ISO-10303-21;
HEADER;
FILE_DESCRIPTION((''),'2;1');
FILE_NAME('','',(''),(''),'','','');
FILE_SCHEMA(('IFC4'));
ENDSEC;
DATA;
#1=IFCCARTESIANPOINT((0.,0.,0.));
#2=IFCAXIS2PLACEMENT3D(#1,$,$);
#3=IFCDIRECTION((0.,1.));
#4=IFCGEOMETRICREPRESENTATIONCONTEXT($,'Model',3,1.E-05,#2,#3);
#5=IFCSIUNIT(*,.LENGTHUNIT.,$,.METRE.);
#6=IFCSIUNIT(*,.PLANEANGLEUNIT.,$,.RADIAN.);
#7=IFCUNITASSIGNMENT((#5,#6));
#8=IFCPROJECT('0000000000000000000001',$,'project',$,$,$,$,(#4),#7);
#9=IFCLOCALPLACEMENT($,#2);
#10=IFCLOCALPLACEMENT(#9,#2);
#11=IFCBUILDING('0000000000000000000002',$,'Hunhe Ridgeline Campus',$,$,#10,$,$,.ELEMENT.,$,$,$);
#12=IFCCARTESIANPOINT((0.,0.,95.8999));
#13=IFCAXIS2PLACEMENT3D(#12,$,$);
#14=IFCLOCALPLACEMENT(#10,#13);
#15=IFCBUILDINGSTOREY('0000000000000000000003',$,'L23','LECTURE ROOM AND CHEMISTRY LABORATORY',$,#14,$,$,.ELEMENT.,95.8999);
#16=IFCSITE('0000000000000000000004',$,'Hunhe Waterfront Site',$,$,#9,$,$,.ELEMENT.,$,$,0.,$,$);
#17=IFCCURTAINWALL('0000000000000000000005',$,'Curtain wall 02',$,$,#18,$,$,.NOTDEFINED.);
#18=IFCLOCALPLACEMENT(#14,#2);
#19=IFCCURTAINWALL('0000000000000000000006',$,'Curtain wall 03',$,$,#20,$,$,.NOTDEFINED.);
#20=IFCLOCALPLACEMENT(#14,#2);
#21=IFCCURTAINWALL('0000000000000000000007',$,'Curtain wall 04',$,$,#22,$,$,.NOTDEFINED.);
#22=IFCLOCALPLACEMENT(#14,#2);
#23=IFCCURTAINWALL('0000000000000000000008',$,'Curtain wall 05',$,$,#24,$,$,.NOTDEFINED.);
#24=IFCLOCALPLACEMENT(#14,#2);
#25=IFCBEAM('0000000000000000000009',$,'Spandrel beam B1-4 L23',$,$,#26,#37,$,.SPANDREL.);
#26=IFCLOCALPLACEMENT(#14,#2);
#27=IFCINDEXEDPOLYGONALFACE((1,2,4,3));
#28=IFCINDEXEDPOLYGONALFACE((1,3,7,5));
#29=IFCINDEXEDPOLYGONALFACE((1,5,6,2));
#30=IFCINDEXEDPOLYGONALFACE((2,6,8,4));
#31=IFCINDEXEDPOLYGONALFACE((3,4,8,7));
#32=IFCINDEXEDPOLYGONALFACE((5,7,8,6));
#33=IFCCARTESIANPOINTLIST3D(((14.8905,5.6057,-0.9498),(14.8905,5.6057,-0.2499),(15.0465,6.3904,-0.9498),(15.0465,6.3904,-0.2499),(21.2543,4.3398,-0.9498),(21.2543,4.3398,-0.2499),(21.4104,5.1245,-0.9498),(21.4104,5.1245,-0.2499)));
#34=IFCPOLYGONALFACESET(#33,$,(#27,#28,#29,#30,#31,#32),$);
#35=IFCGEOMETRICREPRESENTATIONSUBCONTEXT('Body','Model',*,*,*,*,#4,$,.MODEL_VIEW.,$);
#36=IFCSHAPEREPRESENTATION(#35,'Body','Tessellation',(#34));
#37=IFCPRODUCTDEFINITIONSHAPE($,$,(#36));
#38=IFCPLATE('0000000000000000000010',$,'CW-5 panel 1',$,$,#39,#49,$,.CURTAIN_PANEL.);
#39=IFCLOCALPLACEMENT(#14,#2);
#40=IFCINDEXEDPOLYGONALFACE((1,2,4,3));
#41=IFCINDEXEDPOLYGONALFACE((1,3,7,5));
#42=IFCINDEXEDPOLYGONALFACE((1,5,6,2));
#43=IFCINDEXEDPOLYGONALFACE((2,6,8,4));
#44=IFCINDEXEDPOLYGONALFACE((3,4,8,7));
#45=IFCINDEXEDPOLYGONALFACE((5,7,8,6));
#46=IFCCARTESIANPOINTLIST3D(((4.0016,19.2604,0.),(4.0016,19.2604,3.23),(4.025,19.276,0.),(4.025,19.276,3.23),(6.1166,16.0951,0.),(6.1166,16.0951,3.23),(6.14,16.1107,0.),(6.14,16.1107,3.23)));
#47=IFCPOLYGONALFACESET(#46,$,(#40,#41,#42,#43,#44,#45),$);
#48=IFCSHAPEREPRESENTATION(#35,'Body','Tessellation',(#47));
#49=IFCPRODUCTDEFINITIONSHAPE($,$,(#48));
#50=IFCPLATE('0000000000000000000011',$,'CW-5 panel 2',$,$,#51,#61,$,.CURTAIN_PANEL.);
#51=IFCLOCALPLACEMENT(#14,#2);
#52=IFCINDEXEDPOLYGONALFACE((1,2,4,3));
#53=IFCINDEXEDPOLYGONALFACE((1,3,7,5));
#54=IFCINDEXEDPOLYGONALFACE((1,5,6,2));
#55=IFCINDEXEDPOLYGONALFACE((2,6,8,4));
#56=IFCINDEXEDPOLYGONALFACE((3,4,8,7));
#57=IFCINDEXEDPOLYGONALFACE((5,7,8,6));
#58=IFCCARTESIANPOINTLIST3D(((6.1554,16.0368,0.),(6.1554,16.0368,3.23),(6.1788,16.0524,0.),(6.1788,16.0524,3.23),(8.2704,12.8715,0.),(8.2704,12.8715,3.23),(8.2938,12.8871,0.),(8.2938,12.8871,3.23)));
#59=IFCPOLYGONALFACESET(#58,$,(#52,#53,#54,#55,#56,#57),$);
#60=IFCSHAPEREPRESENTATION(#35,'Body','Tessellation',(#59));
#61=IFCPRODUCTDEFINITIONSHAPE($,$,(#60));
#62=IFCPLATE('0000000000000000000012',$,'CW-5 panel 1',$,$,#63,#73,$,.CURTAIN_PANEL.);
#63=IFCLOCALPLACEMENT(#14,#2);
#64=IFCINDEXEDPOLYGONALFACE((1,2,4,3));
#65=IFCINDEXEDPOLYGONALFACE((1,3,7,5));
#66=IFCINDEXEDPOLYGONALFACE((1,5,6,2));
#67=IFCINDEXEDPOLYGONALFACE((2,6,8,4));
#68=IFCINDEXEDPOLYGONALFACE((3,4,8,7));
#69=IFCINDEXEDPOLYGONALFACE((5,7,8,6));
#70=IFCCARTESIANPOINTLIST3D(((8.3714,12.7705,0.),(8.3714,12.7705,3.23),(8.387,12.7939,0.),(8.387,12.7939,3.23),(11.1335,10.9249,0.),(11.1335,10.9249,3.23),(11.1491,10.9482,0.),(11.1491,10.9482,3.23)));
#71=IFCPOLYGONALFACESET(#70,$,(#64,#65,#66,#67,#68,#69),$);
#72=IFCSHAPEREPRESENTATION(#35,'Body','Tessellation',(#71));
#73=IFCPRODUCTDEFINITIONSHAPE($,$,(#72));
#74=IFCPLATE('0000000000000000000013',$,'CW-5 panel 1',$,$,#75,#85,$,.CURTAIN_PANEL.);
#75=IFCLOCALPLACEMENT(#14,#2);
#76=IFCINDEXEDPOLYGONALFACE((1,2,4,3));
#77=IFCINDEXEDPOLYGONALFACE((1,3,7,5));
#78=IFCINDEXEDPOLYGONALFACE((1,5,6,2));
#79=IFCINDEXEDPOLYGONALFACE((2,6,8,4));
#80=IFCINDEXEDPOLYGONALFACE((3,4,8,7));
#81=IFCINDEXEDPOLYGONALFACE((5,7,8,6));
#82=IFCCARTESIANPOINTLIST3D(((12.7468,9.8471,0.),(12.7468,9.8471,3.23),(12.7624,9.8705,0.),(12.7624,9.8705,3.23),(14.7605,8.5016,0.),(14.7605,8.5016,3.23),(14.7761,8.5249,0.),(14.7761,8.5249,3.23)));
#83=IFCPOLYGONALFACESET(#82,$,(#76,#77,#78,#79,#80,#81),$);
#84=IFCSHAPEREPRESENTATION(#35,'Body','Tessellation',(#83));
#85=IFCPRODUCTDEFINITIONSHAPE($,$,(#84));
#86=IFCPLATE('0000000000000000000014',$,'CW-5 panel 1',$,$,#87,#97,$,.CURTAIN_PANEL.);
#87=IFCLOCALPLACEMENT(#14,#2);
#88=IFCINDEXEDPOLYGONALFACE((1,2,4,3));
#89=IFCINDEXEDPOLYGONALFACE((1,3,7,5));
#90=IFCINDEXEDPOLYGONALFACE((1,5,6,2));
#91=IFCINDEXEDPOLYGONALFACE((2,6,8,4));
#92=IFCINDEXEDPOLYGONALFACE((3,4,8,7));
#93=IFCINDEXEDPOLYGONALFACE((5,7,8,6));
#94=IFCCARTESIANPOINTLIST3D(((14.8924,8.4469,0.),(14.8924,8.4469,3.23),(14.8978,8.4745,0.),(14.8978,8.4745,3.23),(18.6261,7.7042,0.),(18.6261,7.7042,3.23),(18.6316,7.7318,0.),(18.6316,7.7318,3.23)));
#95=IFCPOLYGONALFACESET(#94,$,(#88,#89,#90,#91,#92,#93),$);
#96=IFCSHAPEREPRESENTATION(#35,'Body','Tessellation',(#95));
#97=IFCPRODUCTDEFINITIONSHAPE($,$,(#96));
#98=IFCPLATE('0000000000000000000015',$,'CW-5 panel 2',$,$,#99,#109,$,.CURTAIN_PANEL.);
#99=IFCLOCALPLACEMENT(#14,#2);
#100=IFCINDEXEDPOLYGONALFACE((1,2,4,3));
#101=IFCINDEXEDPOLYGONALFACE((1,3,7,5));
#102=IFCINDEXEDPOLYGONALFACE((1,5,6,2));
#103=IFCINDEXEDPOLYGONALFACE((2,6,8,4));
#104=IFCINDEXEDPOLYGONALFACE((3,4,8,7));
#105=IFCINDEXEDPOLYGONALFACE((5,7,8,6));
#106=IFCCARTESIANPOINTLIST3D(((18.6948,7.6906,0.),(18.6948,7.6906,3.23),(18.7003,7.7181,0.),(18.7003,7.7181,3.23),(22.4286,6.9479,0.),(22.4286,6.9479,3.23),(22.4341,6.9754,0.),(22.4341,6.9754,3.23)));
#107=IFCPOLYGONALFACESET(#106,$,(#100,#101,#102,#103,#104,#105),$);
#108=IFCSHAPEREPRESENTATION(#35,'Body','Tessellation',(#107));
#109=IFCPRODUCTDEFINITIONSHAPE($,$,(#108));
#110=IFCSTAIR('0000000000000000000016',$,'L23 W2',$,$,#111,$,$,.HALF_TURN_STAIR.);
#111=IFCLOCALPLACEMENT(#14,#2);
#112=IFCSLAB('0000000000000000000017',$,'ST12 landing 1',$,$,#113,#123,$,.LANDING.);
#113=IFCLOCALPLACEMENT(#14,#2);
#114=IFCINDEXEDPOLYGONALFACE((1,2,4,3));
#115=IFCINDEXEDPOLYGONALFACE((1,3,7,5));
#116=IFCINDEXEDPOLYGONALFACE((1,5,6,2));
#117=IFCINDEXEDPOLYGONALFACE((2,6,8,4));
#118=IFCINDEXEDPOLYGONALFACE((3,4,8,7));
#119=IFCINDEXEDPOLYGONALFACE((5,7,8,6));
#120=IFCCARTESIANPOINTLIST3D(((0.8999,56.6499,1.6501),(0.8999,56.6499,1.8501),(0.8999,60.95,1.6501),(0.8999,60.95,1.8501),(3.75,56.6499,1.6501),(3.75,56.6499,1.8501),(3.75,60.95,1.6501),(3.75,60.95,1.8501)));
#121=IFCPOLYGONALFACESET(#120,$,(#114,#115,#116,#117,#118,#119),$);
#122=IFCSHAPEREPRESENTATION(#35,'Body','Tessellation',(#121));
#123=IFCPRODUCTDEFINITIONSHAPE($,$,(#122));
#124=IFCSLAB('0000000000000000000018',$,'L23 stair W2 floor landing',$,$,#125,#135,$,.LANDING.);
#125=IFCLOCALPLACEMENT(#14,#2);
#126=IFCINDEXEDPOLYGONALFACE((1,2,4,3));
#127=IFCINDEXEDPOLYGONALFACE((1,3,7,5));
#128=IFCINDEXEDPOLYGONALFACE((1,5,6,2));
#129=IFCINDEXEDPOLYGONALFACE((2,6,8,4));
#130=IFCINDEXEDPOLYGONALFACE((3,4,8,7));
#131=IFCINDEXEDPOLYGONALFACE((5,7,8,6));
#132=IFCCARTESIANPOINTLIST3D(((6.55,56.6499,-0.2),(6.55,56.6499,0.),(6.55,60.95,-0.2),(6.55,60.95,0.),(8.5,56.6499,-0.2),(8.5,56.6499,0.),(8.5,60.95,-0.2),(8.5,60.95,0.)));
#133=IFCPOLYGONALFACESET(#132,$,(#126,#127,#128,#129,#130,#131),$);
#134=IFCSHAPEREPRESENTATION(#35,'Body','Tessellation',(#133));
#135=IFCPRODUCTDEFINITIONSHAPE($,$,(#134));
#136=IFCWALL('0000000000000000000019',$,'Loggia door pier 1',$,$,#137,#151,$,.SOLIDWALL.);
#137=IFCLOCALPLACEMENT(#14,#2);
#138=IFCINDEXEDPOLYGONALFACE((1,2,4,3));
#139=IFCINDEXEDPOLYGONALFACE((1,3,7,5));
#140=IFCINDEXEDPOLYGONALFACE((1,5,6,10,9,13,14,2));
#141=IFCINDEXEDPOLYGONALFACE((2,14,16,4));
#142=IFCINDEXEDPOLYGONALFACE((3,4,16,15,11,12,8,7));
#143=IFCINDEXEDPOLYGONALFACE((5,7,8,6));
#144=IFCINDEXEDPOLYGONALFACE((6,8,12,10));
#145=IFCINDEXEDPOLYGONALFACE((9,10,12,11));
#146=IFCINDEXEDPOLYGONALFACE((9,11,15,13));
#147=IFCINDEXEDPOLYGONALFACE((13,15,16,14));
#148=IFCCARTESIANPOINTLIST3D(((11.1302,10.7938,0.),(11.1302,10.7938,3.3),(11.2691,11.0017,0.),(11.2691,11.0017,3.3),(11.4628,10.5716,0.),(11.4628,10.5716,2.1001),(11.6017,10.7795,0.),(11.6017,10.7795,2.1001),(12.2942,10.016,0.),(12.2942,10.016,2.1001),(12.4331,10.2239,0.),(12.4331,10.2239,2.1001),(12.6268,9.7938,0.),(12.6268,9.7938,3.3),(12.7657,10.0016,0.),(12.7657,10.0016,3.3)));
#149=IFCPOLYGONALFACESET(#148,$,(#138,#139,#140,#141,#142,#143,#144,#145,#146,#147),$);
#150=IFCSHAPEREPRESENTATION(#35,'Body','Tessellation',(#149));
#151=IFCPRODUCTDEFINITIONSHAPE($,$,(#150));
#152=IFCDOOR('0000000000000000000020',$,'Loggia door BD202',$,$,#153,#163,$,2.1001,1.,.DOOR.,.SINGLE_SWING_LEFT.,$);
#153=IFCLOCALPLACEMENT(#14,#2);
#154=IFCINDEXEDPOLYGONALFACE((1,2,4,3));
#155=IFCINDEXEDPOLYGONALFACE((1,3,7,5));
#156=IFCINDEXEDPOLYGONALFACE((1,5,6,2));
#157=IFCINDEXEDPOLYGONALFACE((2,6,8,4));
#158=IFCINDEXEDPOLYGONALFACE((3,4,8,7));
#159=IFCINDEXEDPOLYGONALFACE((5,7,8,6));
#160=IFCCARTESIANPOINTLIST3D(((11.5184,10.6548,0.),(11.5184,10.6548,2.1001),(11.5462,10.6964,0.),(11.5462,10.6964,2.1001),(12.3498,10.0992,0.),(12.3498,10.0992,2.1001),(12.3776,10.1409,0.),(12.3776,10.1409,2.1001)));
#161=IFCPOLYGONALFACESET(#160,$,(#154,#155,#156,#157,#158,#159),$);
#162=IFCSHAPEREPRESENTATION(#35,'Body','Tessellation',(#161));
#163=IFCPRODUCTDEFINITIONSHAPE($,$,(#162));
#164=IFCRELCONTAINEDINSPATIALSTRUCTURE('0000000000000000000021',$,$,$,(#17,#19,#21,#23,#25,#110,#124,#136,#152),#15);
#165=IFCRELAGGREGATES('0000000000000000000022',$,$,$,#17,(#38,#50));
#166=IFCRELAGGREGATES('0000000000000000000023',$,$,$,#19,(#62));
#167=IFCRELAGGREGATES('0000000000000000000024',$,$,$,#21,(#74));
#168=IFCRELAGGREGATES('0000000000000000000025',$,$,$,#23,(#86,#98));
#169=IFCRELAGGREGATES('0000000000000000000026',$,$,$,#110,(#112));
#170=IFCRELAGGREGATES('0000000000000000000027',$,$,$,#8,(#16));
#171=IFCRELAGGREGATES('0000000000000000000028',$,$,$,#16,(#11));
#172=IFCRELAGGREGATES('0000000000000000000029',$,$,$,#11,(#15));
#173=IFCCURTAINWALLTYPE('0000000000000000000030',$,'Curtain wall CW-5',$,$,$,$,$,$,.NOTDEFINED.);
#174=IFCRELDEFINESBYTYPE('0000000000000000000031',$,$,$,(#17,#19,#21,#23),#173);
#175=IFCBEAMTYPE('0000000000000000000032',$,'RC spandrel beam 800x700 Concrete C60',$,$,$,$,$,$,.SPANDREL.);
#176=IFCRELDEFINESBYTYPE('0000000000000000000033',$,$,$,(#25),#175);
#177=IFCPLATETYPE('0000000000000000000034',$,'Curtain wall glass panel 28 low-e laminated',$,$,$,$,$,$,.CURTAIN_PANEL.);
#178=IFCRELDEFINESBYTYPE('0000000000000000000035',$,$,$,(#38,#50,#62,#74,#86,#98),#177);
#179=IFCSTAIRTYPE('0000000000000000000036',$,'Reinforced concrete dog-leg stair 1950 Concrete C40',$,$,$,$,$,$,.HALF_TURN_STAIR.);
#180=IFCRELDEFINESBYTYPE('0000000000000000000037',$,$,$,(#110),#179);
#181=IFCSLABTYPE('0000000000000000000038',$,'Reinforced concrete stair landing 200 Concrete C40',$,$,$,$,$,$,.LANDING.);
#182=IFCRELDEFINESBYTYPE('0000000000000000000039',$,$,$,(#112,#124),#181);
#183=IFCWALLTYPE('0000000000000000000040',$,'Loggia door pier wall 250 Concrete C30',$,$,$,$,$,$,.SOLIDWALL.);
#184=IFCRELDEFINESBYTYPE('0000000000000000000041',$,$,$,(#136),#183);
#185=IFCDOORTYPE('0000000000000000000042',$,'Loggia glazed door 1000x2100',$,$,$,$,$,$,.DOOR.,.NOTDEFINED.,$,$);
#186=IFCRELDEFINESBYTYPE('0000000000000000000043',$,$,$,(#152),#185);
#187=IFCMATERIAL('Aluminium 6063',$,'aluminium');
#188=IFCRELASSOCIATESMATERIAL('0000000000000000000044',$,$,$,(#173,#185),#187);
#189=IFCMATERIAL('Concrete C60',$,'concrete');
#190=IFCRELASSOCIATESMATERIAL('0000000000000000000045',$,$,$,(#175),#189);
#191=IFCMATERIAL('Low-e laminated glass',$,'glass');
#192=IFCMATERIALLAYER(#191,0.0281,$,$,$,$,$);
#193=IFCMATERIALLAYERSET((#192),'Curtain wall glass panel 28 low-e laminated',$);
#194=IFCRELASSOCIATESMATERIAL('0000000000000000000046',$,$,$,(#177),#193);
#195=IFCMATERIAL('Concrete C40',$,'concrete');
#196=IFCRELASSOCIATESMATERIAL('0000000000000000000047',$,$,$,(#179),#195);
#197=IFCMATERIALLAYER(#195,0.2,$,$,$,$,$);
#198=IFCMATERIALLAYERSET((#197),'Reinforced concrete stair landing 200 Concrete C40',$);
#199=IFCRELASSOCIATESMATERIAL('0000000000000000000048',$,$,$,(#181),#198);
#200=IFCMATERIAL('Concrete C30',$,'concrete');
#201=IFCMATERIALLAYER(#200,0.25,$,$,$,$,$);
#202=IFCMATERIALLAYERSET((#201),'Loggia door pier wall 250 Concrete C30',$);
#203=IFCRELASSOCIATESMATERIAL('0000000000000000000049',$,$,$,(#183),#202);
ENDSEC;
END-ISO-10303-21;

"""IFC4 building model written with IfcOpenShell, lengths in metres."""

from ifc_helpers import new_model, si_unit, direction, frame, frame_2d, origin, origin_2d, place, context, subcontext, project, spatial, polyline, rectangle, outline, extrude, material, layer, layer_set, material_profile, profile_set, type_object, element, fill, aggregate, save


model = new_model("IFC4")

# Units and contexts
model_context = context("Model", 3, precision=1e-05, world=origin(), true_north=direction((0.0, 1.0)))
body_context = subcontext(model_context, "Body", "Model", "MODEL_VIEW")
ifc_project = project(units=[si_unit("LENGTHUNIT", "METRE"), si_unit("PLANEANGLEUNIT", "RADIAN")], contexts=[model_context])

# Site, building, storey
site_placement = place(None, origin())
site = spatial("IfcSite", under=ifc_project, at=site_placement, Name="Hunhe Waterfront Site", CompositionType="ELEMENT", RefElevation=0.0)
building_placement = place(site_placement, origin())
building = spatial("IfcBuilding", under=site, at=building_placement, Name="Hunhe Ridgeline Campus", CompositionType="ELEMENT")
storey_placement = place(building_placement, frame((0.0, 0.0, 95.8999)))
storey = spatial("IfcBuildingStorey", under=building, at=storey_placement, Name="L23", Description="LECTURE ROOM AND CHEMISTRY LABORATORY", CompositionType="ELEMENT", Elevation=95.8999)

# Curtain walls
ifc_material_1 = material(Name="Aluminium 6063", Category="aluminium")
curtain_wall_type = type_object("IfcCurtainWallType", Name="Curtain wall CW-5", PredefinedType="NOTDEFINED", material=ifc_material_1)
curtain_wall_1_placement = place(storey_placement, origin())
curtain_wall_1 = element("IfcCurtainWall", 1, at=curtain_wall_1_placement, inside=storey, type_object=curtain_wall_type, Name="Curtain wall 02", PredefinedType="NOTDEFINED")
curtain_wall_2_placement = place(storey_placement, origin())
curtain_wall_2 = element("IfcCurtainWall", 2, at=curtain_wall_2_placement, inside=storey, type_object=curtain_wall_type, Name="Curtain wall 03", PredefinedType="NOTDEFINED")
curtain_wall_3_placement = place(storey_placement, origin())
curtain_wall_3 = element("IfcCurtainWall", 3, at=curtain_wall_3_placement, inside=storey, type_object=curtain_wall_type, Name="Curtain wall 04", PredefinedType="NOTDEFINED")
curtain_wall_4_placement = place(storey_placement, origin())
curtain_wall_4 = element("IfcCurtainWall", 4, at=curtain_wall_4_placement, inside=storey, type_object=curtain_wall_type, Name="Curtain wall 05", PredefinedType="NOTDEFINED")

# Beam
ifc_material_2 = material(Name="Concrete C60", Category="concrete")
ifc_material_profile_1 = material_profile(ifc_material_2, rectangle(XDim=0.8, YDim=0.7, at=origin_2d()))
ifc_profile_set_1 = profile_set([ifc_material_profile_1], Name="Concrete C60")
beam_type = type_object("IfcBeamType", Name="RC spandrel beam 800x700 Concrete C60", PredefinedType="SPANDREL", material=ifc_profile_set_1)
for number, where, z_axis, x_axis, name in (
    (5, (14.9685, 5.998, -0.5999), (0.980784, -0.195096, 0.0), (0.195096, 0.980784, 0.0), "Spandrel beam B1-4 L23"),
):
    element("IfcBeam", number, at=place(storey_placement, frame(where, z_axis=z_axis, x_axis=x_axis)), inside=storey, type_object=beam_type, Name=name, PredefinedType="SPANDREL", context=body_context, shape_type="SweptSolid", body=[
        extrude(rectangle(XDim=0.8, YDim=0.7, at=origin_2d()), origin(), (0.0, 0.0, 1.0), 6.4885),
    ])

# Plates
ifc_material_3 = material(Name="Low-e laminated glass", Category="glass")
ifc_layer_1 = layer(ifc_material_3, 0.0281)
ifc_layer_set_1 = layer_set([ifc_layer_1], Name="Curtain wall glass panel 28 low-e laminated")
plate_type = type_object("IfcPlateType", Name="Curtain wall glass panel 28 low-e laminated", PredefinedType="CURTAIN_PANEL", material=ifc_layer_set_1)
plate_1_placement = place(storey_placement, frame((5.0708, 17.6855, 0.0), z_axis=(0.0, 0.0, 1.0), x_axis=(0.55557, -0.83147, 0.0)))
plate_1 = element("IfcPlate", 6, at=plate_1_placement, type_object=plate_type, Name="CW-5 panel 1", PredefinedType="CURTAIN_PANEL", context=body_context, shape_type="SweptSolid", body=[
    extrude(rectangle(XDim=3.8069, YDim=0.0281, at=origin_2d()), origin(), (0.0, 0.0, 1.0), 3.23),
])
plate_2_placement = place(storey_placement, frame((7.2246, 14.4619, 0.0), z_axis=(0.0, 0.0, 1.0), x_axis=(0.55557, -0.83147, 0.0)))
plate_2 = element("IfcPlate", 7, at=plate_2_placement, type_object=plate_type, Name="CW-5 panel 2", PredefinedType="CURTAIN_PANEL", context=body_context, shape_type="SweptSolid", body=[
    extrude(rectangle(XDim=3.8069, YDim=0.0281, at=origin_2d()), origin(), (0.0, 0.0, 1.0), 3.23),
])
aggregate(curtain_wall_1, [plate_1, plate_2])
plate_3_placement = place(storey_placement, frame((9.7603, 11.8594, 0.0), z_axis=(0.0, 0.0, 1.0), x_axis=(0.83147, -0.55557, 0.0)))
plate_3 = element("IfcPlate", 8, at=plate_3_placement, type_object=plate_type, Name="CW-5 panel 1", PredefinedType="CURTAIN_PANEL", context=body_context, shape_type="SweptSolid", body=[
    extrude(rectangle(XDim=3.322, YDim=0.0281, at=origin_2d()), origin(), (0.0, 0.0, 1.0), 3.23),
])
aggregate(curtain_wall_2, [plate_3])
plate_4_placement = place(storey_placement, frame((13.7615, 9.186, 0.0), z_axis=(0.0, 0.0, 1.0), x_axis=(0.83147, -0.55557, 0.0)))
plate_4 = element("IfcPlate", 9, at=plate_4_placement, type_object=plate_type, Name="CW-5 panel 1", PredefinedType="CURTAIN_PANEL", context=body_context, shape_type="SweptSolid", body=[
    extrude(rectangle(XDim=2.4219, YDim=0.0281, at=origin_2d()), origin(), (0.0, 0.0, 1.0), 3.23),
])
aggregate(curtain_wall_3, [plate_4])
plate_5_placement = place(storey_placement, frame((16.762, 8.0894, 0.0), z_axis=(0.0, 0.0, 1.0), x_axis=(0.980785, -0.19509, 0.0)))
plate_5 = element("IfcPlate", 10, at=plate_5_placement, type_object=plate_type, Name="CW-5 panel 1", PredefinedType="CURTAIN_PANEL", context=body_context, shape_type="SweptSolid", body=[
    extrude(rectangle(XDim=3.8069, YDim=0.0281, at=origin_2d()), origin(), (0.0, 0.0, 1.0), 3.23),
])
plate_6_placement = place(storey_placement, frame((20.5645, 7.333, 0.0), z_axis=(0.0, 0.0, 1.0), x_axis=(0.980785, -0.19509, 0.0)))
plate_6 = element("IfcPlate", 11, at=plate_6_placement, type_object=plate_type, Name="CW-5 panel 2", PredefinedType="CURTAIN_PANEL", context=body_context, shape_type="SweptSolid", body=[
    extrude(rectangle(XDim=3.8069, YDim=0.0281, at=origin_2d()), origin(), (0.0, 0.0, 1.0), 3.23),
])
aggregate(curtain_wall_4, [plate_5, plate_6])

# Stair, slab
ifc_material_4 = material(Name="Concrete C40", Category="concrete")
stair_type = type_object("IfcStairType", Name="Reinforced concrete dog-leg stair 1950 Concrete C40", PredefinedType="HALF_TURN_STAIR", material=ifc_material_4)
stair_placement = place(storey_placement, origin())
stair = element("IfcStair", 12, at=stair_placement, inside=storey, type_object=stair_type, Name="L23 W2", PredefinedType="HALF_TURN_STAIR")
ifc_layer_2 = layer(ifc_material_4, 0.2)
ifc_layer_set_2 = layer_set([ifc_layer_2], Name="Reinforced concrete stair landing 200 Concrete C40")
slab_type = type_object("IfcSlabType", Name="Reinforced concrete stair landing 200 Concrete C40", PredefinedType="LANDING", material=ifc_layer_set_2)
slab_1_placement = place(storey_placement, frame((0.0, 0.0, 1.6501)))
slab_1 = element("IfcSlab", 13, at=slab_1_placement, type_object=slab_type, Name="ST12 landing 1", PredefinedType="LANDING", context=body_context, shape_type="SweptSolid", body=[
    extrude(outline(polyline([(3.75, 60.95), (0.8999, 60.95), (0.8999, 56.6499), (3.75, 56.6499), (3.75, 60.95)])), origin(), (0.0, 0.0, 1.0), 0.2),
])
aggregate(stair, [slab_1])

# Slab
slab_2_placement = place(storey_placement, frame((0.0, 0.0, -0.2)))
element("IfcSlab", 14, at=slab_2_placement, inside=storey, type_object=slab_type, Name="L23 stair W2 floor landing", PredefinedType="LANDING", context=body_context, shape_type="SweptSolid", body=[
    extrude(outline(polyline([(8.5, 60.95), (6.55, 60.95), (6.55, 56.6499), (8.5, 56.6499), (8.5, 60.95)])), origin(), (0.0, 0.0, 1.0), 0.2),
])

# Wall, opening, door
ifc_material_5 = material(Name="Concrete C30", Category="concrete")
ifc_layer_3 = layer(ifc_material_5, 0.25)
ifc_layer_set_3 = layer_set([ifc_layer_3], Name="Loggia door pier wall 250 Concrete C30")
wall_type_1 = type_object("IfcWallType", Name="Loggia door pier wall 250 Concrete C30", PredefinedType="SOLIDWALL", material=ifc_layer_set_3)
wall_1_placement = place(storey_placement, frame((11.1997, 10.8977, 0.0), z_axis=(0.0, 0.0, 1.0), x_axis=(0.831466, -0.555576, 0.0)))
wall_1 = element("IfcWall", 15, at=wall_1_placement, inside=storey, type_object=wall_type_1, Name="Loggia door pier 1", PredefinedType="SOLIDWALL", context=body_context, shape_type="SweptSolid", body=[
    extrude(rectangle(XDim=1.8, YDim=0.25, at=frame_2d((0.8999, 0.0))), origin(), (0.0, 0.0, 1.0), 3.3),
])
opening_1_placement = place(wall_1_placement, frame((0.3999, 0.0, 0.0)))
opening_1 = element("IfcOpeningElement", 16, at=opening_1_placement, cuts=wall_1, PredefinedType="OPENING", context=body_context, shape_type="SweptSolid", body=[
    extrude(rectangle(XDim=1.0, YDim=2.1001, at=frame_2d((0.5, 1.05))), frame((0.0, 0.125, 0.0), z_axis=(0.0, -1.0, 0.0), x_axis=(1.0, 0.0, 0.0)), (0.0, 0.0, 1.0), 0.25),
])
door_type_1 = type_object("IfcDoorType", Name="Loggia glazed door 1000x2100", OperationType="NOTDEFINED", PredefinedType="DOOR", material=ifc_material_1)
door_1_placement = place(opening_1_placement, frame((1.0, 0.0, 0.0), z_axis=(0.0, 0.0, 1.0), x_axis=(-1.0, 0.0, 0.0)))
door_1 = element("IfcDoor", 17, at=door_1_placement, inside=storey, type_object=door_type_1, Name="Loggia door BD202", OperationType="SINGLE_SWING_LEFT", OverallHeight=2.1001, OverallWidth=1.0, PredefinedType="DOOR", context=body_context, shape_type="SweptSolid", body=[
    extrude(rectangle(XDim=1.0, YDim=2.1001, at=frame_2d((0.5, 1.05))), frame((0.0, 0.0249, 0.0), z_axis=(0.0, -1.0, 0.0), x_axis=(1.0, 0.0, 0.0)), (0.0, 0.0, 1.0), 0.05),
])
fill(opening_1, door_1)

save(model, "model.ifc")
